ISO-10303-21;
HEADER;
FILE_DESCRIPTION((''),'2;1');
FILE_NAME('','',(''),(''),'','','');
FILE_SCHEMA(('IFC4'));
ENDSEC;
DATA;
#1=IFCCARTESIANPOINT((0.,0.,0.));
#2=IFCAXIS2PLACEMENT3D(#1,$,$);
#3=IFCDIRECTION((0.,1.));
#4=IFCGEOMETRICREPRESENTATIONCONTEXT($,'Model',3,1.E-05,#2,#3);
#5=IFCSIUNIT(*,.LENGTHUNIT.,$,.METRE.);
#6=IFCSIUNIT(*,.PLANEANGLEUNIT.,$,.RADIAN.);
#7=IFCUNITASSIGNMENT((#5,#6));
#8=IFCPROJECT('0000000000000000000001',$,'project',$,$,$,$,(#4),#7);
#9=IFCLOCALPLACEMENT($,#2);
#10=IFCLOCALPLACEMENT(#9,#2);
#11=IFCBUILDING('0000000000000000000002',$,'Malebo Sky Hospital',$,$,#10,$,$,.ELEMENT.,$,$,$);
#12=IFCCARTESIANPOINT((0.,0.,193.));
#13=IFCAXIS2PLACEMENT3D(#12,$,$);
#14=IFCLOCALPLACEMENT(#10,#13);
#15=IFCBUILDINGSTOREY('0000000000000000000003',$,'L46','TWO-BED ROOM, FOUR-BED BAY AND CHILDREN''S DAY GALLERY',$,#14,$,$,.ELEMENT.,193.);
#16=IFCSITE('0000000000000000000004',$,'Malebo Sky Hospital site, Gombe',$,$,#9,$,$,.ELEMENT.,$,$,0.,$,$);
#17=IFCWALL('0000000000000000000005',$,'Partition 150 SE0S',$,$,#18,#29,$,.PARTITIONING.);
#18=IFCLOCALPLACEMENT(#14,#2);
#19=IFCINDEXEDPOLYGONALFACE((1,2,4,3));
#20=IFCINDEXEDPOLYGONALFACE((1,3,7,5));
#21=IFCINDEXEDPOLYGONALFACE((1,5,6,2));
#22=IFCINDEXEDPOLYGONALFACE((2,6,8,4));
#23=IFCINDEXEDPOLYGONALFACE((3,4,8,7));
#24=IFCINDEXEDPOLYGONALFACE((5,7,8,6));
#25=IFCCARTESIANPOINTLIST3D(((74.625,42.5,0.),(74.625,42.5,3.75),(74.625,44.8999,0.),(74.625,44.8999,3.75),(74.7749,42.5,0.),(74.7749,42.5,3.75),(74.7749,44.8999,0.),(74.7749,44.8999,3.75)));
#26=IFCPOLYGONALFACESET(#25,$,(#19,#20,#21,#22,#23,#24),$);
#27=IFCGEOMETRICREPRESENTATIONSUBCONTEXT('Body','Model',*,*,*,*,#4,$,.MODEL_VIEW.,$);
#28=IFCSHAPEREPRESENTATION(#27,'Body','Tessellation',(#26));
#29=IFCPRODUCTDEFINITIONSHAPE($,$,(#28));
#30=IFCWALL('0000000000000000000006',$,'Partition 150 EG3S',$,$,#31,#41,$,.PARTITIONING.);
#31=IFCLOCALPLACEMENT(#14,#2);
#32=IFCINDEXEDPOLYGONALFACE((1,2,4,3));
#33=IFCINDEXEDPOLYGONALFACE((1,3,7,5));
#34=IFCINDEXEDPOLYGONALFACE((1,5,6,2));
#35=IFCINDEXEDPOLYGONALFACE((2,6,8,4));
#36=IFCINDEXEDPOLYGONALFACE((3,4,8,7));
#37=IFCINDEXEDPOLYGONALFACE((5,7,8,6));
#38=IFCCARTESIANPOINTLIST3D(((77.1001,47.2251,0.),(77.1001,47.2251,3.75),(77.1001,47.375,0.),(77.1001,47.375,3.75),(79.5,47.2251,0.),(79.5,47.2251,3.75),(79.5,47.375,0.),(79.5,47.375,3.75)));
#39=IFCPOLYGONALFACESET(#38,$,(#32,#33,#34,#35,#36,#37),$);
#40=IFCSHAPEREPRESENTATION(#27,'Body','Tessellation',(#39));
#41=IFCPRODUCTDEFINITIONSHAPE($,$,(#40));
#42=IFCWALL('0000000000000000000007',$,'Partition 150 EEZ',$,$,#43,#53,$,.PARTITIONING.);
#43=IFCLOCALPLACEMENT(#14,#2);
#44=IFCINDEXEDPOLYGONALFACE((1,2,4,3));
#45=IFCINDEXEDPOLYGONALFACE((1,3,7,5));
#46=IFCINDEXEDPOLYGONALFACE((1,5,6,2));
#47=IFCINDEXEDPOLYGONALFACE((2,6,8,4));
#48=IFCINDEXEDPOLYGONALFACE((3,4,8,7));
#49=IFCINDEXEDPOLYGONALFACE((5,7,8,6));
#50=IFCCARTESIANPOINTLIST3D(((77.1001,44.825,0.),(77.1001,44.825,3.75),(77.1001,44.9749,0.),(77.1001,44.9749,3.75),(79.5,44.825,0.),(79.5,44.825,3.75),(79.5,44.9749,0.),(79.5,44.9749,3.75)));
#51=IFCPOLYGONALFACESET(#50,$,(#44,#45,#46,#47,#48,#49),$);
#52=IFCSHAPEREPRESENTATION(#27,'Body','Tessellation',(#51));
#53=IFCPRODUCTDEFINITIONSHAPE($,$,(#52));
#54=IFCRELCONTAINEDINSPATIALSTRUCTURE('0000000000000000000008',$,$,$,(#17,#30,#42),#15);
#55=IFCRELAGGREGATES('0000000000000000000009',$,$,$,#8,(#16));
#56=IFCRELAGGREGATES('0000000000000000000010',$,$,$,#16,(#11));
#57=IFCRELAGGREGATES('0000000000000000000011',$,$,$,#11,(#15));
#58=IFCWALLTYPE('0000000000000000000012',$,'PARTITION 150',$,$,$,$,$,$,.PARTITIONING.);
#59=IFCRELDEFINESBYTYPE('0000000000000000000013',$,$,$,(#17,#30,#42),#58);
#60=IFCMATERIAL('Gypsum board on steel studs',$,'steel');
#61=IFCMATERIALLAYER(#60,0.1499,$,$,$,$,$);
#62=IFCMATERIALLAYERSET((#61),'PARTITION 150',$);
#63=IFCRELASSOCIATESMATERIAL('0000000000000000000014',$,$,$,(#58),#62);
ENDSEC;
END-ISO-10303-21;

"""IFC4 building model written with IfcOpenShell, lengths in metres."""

from ifc_helpers import new_model, si_unit, direction, frame, frame_2d, origin, place, context, subcontext, project, spatial, rectangle, extrude, material, layer, layer_set, type_object, element, save


model = new_model("IFC4")

# Units and contexts
model_context = context("Model", 3, precision=1e-05, world=origin(), true_north=direction((0.0, 1.0)))
body_context = subcontext(model_context, "Body", "Model", "MODEL_VIEW")
ifc_project = project(units=[si_unit("LENGTHUNIT", "METRE"), si_unit("PLANEANGLEUNIT", "RADIAN")], contexts=[model_context])

# Site, building, storey
site_placement = place(None, origin())
site = spatial("IfcSite", under=ifc_project, at=site_placement, Name="Malebo Sky Hospital site, Gombe", CompositionType="ELEMENT", RefElevation=0.0)
building_placement = place(site_placement, origin())
building = spatial("IfcBuilding", under=site, at=building_placement, Name="Malebo Sky Hospital", CompositionType="ELEMENT")
storey_placement = place(building_placement, frame((0.0, 0.0, 193.0)))
storey = spatial("IfcBuildingStorey", under=building, at=storey_placement, Name="L46", Description="TWO-BED ROOM, FOUR-BED BAY AND CHILDREN'S DAY GALLERY", CompositionType="ELEMENT", Elevation=193.0)

# Shared definitions
ifc_material_1 = material(Name="Gypsum board on steel studs", Category="steel")

# Shared definitions
ifc_layer_1 = layer(ifc_material_1, 0.1499)
ifc_layer_set_1 = layer_set([ifc_layer_1], Name="PARTITION 150")
wall_type_1 = type_object("IfcWallType", Name="PARTITION 150", PredefinedType="PARTITIONING", material=ifc_layer_set_1)

# Walls
for number, where, z_axis, x_axis, name in (
    (1, (74.7, 44.8999, 0.0), (0.0, 0.0, 1.0), (0.0, -1.0, 0.0), "Partition 150 SE0S"),
    (2, (77.1001, 47.3, 0.0), (0.0, 0.0, 1.0), (1.0, 0.0, 0.0), "Partition 150 EG3S"),
    (3, (77.1001, 44.8999, 0.0), (0.0, 0.0, 1.0), (1.0, 0.0, 0.0), "Partition 150 EEZ"),
):
    element("IfcWall", number, at=place(storey_placement, frame(where, z_axis=z_axis, x_axis=x_axis)), inside=storey, type_object=wall_type_1, Name=name, PredefinedType="PARTITIONING", context=body_context, shape_type="SweptSolid", body=[
        extrude(rectangle(XDim=2.3999, YDim=0.1499, at=frame_2d((1.2, 0.0))), origin(), (0.0, 0.0, 1.0), 3.75),
    ])

save(model, "model.ifc")
